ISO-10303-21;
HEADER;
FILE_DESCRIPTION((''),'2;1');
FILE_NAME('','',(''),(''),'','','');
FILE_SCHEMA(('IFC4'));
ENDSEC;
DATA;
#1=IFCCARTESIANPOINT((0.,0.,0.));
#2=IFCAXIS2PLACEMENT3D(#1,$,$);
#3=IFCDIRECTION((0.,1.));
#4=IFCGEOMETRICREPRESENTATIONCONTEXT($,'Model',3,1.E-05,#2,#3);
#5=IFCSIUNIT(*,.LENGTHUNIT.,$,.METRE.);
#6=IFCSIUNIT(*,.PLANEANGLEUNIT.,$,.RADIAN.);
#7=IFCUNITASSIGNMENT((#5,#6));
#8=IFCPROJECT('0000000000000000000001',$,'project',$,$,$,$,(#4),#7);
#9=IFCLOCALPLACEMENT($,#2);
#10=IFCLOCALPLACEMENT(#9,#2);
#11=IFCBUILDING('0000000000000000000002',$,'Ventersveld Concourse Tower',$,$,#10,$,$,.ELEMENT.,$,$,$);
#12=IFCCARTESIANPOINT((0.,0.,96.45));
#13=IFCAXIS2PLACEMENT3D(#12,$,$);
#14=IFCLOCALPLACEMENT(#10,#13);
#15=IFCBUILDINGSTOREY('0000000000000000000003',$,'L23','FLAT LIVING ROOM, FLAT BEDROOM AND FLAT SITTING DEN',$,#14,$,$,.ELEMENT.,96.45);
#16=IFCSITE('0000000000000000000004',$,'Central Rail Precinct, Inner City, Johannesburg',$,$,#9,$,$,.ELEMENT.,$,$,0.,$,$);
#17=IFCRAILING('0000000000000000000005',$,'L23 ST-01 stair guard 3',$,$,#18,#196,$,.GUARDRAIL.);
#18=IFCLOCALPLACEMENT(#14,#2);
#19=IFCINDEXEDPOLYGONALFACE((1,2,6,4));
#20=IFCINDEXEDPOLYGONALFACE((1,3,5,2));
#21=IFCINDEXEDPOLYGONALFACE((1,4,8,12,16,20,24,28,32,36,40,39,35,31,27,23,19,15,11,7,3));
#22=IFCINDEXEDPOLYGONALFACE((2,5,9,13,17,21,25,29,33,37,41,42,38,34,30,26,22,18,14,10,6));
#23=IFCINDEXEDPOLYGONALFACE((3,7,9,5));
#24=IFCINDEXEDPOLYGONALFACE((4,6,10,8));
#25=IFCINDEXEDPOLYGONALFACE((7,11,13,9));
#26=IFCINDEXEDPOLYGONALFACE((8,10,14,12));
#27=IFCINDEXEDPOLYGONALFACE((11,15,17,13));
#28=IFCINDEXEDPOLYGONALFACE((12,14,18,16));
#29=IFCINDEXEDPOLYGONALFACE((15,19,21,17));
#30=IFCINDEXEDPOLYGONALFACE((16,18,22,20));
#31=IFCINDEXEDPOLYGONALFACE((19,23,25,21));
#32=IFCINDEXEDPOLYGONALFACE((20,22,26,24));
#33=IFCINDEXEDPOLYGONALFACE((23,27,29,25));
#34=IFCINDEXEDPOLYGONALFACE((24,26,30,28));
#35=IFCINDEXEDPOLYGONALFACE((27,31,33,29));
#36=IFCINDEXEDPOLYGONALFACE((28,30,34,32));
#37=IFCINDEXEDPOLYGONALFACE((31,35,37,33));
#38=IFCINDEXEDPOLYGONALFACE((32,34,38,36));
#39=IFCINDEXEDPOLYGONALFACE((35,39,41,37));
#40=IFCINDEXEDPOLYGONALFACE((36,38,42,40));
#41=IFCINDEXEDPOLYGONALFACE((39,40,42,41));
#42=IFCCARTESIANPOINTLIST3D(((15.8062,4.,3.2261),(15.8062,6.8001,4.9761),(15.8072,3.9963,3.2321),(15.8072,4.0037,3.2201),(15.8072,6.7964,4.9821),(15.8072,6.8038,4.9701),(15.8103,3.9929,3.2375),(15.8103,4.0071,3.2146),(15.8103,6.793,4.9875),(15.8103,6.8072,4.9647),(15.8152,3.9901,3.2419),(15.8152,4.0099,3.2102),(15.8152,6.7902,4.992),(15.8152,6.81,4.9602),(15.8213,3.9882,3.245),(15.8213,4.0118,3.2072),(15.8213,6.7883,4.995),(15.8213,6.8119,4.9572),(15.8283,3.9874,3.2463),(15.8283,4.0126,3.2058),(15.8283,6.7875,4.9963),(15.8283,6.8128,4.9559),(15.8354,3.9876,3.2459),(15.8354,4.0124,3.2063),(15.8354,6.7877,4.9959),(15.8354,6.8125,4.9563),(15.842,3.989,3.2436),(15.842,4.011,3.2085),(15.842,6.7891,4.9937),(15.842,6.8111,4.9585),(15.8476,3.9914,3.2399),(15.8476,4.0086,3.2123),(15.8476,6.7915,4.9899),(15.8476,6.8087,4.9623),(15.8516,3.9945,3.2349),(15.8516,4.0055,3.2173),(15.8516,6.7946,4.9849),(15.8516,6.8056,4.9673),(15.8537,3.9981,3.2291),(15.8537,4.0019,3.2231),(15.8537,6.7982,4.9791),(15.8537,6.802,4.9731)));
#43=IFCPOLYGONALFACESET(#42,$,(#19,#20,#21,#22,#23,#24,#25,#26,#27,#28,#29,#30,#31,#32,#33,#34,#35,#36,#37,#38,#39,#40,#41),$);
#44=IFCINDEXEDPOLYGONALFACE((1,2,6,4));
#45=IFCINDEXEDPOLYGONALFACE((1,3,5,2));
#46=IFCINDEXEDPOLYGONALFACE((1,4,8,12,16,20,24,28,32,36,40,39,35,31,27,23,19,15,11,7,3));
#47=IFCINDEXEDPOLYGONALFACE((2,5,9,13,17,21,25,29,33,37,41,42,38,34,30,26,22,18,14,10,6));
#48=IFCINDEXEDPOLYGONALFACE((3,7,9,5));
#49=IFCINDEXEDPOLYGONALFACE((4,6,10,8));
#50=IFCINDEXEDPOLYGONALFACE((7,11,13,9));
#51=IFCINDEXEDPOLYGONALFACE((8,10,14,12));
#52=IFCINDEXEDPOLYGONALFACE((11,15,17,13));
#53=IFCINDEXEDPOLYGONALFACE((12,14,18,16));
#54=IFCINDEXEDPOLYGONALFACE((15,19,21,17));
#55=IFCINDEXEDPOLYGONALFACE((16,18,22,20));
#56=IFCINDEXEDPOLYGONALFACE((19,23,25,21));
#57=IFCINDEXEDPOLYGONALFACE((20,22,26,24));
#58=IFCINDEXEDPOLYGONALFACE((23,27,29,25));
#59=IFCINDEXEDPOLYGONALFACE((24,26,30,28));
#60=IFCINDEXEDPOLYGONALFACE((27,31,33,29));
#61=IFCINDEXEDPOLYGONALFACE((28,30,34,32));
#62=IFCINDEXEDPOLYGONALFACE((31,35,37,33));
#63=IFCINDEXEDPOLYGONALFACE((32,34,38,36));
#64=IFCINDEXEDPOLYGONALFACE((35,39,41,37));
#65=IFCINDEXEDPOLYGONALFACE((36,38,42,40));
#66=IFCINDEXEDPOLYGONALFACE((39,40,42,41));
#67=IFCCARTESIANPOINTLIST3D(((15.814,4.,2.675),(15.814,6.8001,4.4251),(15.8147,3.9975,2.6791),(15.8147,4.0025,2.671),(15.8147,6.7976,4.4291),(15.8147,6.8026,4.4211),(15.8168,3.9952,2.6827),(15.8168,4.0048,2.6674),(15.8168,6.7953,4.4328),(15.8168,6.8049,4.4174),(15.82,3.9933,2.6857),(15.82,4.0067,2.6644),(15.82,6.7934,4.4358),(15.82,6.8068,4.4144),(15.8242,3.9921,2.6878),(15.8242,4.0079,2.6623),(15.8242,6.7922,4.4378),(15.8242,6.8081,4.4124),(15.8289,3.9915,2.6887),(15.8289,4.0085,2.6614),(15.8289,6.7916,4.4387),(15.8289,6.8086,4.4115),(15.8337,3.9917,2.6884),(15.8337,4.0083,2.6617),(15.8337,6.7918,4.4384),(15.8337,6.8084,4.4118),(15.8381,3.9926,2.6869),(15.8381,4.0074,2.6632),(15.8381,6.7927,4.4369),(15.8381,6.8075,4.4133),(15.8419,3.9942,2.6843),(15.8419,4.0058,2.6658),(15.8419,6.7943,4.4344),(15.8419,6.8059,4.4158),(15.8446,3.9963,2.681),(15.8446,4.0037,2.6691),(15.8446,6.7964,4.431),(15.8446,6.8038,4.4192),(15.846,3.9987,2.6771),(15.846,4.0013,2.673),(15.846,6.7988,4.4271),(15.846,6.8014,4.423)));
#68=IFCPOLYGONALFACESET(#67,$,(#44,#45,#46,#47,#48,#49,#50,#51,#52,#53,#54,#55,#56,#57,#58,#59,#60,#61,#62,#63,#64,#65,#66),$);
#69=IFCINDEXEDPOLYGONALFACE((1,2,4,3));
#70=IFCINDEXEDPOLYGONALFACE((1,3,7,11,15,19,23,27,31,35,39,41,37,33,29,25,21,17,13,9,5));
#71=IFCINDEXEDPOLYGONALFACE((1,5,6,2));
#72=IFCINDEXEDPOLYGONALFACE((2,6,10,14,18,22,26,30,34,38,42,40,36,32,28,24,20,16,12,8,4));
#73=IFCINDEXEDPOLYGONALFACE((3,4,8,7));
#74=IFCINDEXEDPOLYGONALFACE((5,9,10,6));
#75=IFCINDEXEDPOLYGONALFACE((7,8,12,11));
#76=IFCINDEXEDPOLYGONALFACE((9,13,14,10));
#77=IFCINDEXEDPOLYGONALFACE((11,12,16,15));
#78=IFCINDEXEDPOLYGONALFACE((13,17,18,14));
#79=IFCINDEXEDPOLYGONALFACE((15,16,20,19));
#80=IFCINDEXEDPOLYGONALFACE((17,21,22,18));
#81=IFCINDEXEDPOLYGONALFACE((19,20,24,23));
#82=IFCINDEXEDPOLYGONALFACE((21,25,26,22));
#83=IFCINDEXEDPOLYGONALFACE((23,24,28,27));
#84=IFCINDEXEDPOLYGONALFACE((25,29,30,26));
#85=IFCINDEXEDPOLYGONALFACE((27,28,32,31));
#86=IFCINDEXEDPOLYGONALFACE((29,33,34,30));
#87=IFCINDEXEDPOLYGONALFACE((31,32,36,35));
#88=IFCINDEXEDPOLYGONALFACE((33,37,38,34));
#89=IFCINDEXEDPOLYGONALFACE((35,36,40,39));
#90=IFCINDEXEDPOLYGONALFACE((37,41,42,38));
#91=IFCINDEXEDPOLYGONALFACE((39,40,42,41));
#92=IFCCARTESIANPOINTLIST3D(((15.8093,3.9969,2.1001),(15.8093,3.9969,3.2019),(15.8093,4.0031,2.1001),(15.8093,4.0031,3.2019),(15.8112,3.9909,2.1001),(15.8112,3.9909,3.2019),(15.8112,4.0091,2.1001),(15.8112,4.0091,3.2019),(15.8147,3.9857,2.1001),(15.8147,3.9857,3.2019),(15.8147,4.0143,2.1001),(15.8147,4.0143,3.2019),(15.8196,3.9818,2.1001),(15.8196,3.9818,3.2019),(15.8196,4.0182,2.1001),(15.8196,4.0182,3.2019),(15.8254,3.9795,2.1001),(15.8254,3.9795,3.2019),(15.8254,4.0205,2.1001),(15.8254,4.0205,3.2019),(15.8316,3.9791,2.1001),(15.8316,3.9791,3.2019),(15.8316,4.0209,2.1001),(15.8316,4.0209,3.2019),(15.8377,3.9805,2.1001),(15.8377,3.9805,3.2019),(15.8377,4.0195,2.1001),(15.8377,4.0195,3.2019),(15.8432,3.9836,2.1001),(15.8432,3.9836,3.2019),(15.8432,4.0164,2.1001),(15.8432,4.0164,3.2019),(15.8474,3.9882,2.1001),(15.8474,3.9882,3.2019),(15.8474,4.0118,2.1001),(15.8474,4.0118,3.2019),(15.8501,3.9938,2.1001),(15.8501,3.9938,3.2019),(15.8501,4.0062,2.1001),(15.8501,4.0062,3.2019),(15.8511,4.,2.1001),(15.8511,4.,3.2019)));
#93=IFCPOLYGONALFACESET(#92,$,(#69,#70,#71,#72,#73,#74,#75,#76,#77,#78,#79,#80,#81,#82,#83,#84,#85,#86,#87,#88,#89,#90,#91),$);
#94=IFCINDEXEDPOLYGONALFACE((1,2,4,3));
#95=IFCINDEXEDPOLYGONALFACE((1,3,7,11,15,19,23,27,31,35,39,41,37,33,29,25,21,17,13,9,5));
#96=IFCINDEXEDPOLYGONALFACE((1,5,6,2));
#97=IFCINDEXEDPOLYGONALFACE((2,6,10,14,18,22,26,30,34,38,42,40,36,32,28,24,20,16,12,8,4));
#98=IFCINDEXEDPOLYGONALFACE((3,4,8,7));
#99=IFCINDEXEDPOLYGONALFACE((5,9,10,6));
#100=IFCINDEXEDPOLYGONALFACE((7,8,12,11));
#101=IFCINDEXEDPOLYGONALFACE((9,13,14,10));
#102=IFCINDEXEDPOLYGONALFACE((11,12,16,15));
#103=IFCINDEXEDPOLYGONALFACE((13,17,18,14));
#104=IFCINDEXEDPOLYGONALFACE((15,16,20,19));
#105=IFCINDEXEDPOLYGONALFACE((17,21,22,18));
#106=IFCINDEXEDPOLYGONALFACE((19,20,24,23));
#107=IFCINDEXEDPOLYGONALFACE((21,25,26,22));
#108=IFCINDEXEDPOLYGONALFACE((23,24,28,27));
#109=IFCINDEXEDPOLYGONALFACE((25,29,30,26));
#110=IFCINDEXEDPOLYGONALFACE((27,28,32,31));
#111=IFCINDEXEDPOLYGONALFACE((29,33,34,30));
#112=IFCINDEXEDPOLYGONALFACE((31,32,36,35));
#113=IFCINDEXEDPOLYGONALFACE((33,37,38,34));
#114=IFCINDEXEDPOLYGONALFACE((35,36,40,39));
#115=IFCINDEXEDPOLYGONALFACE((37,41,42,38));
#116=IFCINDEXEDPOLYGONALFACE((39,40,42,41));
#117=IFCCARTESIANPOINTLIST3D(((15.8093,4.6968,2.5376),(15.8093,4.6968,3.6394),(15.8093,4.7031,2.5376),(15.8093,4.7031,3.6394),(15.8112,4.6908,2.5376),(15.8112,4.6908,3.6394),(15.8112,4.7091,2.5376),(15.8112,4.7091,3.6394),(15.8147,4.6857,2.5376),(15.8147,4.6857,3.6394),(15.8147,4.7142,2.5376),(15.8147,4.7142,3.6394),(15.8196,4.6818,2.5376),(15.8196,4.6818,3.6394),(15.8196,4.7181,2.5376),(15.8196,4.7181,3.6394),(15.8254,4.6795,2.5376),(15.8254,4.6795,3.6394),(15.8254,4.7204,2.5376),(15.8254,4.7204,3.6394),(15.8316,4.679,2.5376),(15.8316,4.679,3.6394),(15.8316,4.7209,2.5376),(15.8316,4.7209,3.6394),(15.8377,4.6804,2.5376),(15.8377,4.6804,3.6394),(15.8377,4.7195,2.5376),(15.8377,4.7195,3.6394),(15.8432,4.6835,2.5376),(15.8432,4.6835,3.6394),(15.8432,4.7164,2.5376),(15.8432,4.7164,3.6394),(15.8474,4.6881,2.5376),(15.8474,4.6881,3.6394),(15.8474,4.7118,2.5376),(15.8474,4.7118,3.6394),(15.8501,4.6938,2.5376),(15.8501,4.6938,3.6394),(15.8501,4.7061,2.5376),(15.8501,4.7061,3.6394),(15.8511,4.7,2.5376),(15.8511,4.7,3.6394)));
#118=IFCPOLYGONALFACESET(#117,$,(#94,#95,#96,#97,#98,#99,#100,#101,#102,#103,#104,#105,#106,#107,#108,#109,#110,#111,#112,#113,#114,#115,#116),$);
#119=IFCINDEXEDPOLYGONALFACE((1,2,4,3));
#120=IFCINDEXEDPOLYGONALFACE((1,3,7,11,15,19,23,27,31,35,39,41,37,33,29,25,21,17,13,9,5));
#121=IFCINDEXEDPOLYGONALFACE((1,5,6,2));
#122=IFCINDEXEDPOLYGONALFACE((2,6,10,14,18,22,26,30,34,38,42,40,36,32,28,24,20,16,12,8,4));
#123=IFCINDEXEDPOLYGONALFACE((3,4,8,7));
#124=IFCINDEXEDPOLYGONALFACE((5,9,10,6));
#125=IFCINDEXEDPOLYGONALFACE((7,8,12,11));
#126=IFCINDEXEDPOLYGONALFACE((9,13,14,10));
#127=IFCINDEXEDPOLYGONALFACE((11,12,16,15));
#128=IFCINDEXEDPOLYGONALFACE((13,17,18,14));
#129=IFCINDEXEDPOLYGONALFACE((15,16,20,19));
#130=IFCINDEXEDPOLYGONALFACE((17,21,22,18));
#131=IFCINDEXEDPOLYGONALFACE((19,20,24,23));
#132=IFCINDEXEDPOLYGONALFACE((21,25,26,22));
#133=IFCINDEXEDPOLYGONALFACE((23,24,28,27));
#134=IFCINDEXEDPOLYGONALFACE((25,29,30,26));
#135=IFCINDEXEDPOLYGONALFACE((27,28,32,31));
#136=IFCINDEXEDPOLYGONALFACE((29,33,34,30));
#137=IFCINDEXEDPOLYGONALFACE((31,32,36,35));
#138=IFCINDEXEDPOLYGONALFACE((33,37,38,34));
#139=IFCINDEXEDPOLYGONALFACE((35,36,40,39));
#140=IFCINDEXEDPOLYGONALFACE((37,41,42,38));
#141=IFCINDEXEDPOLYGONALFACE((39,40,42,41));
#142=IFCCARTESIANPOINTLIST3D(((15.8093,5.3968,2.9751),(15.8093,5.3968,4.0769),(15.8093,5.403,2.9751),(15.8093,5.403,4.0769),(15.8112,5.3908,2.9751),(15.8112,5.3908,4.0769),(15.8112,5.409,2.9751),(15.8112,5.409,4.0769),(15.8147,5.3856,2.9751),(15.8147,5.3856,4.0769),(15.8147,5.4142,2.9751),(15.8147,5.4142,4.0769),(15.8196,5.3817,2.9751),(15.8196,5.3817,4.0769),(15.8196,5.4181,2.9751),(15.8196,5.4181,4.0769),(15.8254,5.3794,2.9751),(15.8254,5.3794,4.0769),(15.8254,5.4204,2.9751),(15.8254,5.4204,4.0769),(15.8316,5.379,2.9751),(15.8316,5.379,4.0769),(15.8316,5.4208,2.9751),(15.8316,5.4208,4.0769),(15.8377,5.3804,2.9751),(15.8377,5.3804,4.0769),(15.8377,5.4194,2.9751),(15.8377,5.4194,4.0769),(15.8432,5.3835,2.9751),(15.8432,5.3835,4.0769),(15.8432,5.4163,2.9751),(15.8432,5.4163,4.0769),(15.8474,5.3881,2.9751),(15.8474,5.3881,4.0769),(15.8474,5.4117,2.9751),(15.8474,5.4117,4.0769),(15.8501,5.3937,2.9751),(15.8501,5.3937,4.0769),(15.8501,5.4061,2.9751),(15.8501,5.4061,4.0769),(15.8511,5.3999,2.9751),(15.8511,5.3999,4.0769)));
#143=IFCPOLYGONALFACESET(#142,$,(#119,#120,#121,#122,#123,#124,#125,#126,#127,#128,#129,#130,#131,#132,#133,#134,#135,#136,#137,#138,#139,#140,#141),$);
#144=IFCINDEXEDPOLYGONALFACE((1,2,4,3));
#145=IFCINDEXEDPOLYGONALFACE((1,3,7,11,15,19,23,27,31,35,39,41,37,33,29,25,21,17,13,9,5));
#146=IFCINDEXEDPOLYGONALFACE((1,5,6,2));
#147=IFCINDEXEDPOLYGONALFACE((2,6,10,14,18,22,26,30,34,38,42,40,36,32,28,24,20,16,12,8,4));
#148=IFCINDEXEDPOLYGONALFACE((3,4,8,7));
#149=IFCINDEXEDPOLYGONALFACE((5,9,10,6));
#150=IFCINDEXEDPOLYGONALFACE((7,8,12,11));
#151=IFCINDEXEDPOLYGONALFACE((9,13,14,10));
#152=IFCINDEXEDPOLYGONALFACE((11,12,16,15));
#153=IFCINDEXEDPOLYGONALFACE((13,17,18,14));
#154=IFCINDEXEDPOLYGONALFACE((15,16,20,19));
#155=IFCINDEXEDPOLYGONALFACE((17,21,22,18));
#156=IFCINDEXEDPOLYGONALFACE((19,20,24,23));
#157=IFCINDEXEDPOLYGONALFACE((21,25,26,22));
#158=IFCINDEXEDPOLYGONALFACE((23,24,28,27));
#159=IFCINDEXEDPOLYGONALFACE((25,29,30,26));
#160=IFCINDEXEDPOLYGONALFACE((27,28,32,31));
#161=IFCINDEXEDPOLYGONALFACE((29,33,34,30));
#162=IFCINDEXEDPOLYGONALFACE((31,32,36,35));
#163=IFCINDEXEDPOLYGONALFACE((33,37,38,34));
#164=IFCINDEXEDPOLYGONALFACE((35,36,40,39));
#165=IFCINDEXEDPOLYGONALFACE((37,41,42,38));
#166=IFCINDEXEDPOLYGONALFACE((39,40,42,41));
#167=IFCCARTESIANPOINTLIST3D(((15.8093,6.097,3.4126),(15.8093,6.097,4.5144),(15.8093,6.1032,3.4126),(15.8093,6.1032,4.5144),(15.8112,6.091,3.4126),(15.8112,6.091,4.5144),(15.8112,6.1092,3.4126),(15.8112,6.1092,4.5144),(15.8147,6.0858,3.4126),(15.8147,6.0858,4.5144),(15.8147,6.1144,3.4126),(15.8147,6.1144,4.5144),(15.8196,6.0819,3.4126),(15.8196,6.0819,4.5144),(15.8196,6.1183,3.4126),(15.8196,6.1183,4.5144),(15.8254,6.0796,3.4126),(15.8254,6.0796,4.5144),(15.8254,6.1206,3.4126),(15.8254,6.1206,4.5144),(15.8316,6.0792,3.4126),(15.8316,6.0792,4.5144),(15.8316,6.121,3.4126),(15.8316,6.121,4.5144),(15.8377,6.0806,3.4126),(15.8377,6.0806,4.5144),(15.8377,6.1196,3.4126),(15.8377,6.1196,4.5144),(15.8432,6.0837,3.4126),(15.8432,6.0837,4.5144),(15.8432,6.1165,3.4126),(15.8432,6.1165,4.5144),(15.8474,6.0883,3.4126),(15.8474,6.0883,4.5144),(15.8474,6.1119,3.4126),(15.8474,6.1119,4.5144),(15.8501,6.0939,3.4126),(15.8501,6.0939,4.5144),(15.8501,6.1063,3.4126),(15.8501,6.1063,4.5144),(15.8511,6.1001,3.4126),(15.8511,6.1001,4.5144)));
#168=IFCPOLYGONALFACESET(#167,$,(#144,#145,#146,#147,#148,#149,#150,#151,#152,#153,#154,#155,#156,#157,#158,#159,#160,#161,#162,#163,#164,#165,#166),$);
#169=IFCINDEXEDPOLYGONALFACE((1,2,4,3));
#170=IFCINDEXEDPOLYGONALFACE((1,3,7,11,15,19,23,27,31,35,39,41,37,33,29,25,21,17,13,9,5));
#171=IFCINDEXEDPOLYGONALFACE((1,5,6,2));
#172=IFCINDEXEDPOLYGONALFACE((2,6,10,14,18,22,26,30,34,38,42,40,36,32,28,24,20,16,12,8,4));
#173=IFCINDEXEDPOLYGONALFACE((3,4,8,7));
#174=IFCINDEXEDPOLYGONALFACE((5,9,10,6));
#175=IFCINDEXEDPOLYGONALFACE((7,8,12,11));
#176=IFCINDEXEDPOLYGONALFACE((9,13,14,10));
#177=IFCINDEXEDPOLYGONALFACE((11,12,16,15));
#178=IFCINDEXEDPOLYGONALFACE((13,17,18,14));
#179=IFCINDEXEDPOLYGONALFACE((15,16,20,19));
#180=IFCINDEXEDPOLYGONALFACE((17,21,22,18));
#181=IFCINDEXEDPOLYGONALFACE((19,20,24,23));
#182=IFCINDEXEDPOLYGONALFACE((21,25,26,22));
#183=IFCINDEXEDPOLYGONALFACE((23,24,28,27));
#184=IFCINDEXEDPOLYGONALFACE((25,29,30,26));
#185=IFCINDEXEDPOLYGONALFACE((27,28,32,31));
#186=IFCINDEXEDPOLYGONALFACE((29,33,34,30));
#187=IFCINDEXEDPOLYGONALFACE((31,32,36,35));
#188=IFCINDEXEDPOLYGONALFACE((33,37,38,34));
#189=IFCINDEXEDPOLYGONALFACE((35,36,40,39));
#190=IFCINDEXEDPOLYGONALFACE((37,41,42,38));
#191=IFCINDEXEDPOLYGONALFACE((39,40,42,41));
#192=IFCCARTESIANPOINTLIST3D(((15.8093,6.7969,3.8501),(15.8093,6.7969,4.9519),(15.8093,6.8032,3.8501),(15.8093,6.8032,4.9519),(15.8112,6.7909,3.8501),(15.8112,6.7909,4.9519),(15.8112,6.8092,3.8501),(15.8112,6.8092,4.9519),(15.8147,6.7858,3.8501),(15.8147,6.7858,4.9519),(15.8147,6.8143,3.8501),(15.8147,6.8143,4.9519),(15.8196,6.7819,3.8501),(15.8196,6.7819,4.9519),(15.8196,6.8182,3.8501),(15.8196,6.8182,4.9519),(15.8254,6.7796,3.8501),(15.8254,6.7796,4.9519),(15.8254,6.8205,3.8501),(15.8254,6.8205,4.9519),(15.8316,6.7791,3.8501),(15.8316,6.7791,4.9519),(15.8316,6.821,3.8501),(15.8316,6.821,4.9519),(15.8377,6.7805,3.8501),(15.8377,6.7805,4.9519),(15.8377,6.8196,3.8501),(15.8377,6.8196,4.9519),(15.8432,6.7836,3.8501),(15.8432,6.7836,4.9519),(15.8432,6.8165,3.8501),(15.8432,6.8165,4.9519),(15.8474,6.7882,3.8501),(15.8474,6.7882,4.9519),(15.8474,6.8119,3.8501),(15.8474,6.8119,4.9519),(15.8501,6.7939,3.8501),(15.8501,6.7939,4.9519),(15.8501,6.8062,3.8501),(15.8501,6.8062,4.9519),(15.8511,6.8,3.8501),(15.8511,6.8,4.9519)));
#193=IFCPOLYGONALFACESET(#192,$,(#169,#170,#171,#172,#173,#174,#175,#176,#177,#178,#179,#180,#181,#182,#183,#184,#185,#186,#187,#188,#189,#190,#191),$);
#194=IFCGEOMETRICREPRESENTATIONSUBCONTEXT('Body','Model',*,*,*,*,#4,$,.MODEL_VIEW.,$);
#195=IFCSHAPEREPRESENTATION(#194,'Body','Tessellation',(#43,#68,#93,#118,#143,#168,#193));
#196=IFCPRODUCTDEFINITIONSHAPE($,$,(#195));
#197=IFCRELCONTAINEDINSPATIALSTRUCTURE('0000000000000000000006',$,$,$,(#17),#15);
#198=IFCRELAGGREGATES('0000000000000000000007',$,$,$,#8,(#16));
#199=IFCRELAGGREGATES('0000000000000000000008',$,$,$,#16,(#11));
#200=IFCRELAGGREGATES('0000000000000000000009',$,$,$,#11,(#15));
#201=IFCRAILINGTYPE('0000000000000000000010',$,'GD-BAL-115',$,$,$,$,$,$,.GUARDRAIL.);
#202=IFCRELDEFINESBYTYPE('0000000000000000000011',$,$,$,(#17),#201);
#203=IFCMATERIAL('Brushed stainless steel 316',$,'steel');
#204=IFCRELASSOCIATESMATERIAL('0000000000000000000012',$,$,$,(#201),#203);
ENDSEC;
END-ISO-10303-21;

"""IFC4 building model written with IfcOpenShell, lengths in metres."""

from ifc_helpers import new_model, si_unit, direction, frame, origin, origin_2d, place, context, subcontext, project, spatial, circle, extrude, material, type_object, element, save


model = new_model("IFC4")

# Units and contexts
model_context = context("Model", 3, precision=1e-05, world=origin(), true_north=direction((0.0, 1.0)))
body_context = subcontext(model_context, "Body", "Model", "MODEL_VIEW")
ifc_project = project(units=[si_unit("LENGTHUNIT", "METRE"), si_unit("PLANEANGLEUNIT", "RADIAN")], contexts=[model_context])

# Site, building, storey
site_placement = place(None, origin())
site = spatial("IfcSite", under=ifc_project, at=site_placement, Name="Central Rail Precinct, Inner City, Johannesburg", CompositionType="ELEMENT", RefElevation=0.0)
building_placement = place(site_placement, origin())
building = spatial("IfcBuilding", under=site, at=building_placement, Name="Ventersveld Concourse Tower", CompositionType="ELEMENT")
storey_placement = place(building_placement, frame((0.0, 0.0, 96.45)))
storey = spatial("IfcBuildingStorey", under=building, at=storey_placement, Name="L23", Description="FLAT LIVING ROOM, FLAT BEDROOM AND FLAT SITTING DEN", CompositionType="ELEMENT", Elevation=96.45)

# Shared definitions
ifc_material_1 = material(Name="Brushed stainless steel 316", Category="steel")

# Railing
railing_type_1 = type_object("IfcRailingType", Name="GD-BAL-115", PredefinedType="GUARDRAIL", material=ifc_material_1)
railing_1_placement = place(storey_placement, frame((15.8301, 4.0, 2.1001)))
element("IfcRailing", 1, at=railing_1_placement, inside=storey, type_object=railing_type_1, Name="L23 ST-01 stair guard 3", PredefinedType="GUARDRAIL", context=body_context, shape_type="SweptSolid", body=[
    extrude(circle(Radius=0.0239, at=origin_2d()), frame((0.0, 0.0, 1.126), z_axis=(0.0, 0.848002, 0.529992), x_axis=(-1.0, 0.0, 0.0)), (0.0, 0.0, 1.0), 3.302),
    extrude(circle(Radius=0.0161, at=origin_2d()), frame((0.0, 0.0, 0.575), z_axis=(0.0, 0.848002, 0.529992), x_axis=(-1.0, 0.0, 0.0)), (0.0, 0.0, 1.0), 3.302),
    extrude(circle(Radius=0.021, at=origin_2d()), origin(), (0.0, 0.0, 1.0), 1.1018),
    extrude(circle(Radius=0.021, at=origin_2d()), frame((0.0, 0.7, 0.4375)), (0.0, 0.0, 1.0), 1.1018),
    extrude(circle(Radius=0.021, at=origin_2d()), frame((0.0, 1.3999, 0.875)), (0.0, 0.0, 1.0), 1.1018),
    extrude(circle(Radius=0.021, at=origin_2d()), frame((0.0, 2.1001, 1.3125)), (0.0, 0.0, 1.0), 1.1018),
    extrude(circle(Radius=0.021, at=origin_2d()), frame((0.0, 2.8, 1.75)), (0.0, 0.0, 1.0), 1.1018),
])

save(model, "model.ifc")
